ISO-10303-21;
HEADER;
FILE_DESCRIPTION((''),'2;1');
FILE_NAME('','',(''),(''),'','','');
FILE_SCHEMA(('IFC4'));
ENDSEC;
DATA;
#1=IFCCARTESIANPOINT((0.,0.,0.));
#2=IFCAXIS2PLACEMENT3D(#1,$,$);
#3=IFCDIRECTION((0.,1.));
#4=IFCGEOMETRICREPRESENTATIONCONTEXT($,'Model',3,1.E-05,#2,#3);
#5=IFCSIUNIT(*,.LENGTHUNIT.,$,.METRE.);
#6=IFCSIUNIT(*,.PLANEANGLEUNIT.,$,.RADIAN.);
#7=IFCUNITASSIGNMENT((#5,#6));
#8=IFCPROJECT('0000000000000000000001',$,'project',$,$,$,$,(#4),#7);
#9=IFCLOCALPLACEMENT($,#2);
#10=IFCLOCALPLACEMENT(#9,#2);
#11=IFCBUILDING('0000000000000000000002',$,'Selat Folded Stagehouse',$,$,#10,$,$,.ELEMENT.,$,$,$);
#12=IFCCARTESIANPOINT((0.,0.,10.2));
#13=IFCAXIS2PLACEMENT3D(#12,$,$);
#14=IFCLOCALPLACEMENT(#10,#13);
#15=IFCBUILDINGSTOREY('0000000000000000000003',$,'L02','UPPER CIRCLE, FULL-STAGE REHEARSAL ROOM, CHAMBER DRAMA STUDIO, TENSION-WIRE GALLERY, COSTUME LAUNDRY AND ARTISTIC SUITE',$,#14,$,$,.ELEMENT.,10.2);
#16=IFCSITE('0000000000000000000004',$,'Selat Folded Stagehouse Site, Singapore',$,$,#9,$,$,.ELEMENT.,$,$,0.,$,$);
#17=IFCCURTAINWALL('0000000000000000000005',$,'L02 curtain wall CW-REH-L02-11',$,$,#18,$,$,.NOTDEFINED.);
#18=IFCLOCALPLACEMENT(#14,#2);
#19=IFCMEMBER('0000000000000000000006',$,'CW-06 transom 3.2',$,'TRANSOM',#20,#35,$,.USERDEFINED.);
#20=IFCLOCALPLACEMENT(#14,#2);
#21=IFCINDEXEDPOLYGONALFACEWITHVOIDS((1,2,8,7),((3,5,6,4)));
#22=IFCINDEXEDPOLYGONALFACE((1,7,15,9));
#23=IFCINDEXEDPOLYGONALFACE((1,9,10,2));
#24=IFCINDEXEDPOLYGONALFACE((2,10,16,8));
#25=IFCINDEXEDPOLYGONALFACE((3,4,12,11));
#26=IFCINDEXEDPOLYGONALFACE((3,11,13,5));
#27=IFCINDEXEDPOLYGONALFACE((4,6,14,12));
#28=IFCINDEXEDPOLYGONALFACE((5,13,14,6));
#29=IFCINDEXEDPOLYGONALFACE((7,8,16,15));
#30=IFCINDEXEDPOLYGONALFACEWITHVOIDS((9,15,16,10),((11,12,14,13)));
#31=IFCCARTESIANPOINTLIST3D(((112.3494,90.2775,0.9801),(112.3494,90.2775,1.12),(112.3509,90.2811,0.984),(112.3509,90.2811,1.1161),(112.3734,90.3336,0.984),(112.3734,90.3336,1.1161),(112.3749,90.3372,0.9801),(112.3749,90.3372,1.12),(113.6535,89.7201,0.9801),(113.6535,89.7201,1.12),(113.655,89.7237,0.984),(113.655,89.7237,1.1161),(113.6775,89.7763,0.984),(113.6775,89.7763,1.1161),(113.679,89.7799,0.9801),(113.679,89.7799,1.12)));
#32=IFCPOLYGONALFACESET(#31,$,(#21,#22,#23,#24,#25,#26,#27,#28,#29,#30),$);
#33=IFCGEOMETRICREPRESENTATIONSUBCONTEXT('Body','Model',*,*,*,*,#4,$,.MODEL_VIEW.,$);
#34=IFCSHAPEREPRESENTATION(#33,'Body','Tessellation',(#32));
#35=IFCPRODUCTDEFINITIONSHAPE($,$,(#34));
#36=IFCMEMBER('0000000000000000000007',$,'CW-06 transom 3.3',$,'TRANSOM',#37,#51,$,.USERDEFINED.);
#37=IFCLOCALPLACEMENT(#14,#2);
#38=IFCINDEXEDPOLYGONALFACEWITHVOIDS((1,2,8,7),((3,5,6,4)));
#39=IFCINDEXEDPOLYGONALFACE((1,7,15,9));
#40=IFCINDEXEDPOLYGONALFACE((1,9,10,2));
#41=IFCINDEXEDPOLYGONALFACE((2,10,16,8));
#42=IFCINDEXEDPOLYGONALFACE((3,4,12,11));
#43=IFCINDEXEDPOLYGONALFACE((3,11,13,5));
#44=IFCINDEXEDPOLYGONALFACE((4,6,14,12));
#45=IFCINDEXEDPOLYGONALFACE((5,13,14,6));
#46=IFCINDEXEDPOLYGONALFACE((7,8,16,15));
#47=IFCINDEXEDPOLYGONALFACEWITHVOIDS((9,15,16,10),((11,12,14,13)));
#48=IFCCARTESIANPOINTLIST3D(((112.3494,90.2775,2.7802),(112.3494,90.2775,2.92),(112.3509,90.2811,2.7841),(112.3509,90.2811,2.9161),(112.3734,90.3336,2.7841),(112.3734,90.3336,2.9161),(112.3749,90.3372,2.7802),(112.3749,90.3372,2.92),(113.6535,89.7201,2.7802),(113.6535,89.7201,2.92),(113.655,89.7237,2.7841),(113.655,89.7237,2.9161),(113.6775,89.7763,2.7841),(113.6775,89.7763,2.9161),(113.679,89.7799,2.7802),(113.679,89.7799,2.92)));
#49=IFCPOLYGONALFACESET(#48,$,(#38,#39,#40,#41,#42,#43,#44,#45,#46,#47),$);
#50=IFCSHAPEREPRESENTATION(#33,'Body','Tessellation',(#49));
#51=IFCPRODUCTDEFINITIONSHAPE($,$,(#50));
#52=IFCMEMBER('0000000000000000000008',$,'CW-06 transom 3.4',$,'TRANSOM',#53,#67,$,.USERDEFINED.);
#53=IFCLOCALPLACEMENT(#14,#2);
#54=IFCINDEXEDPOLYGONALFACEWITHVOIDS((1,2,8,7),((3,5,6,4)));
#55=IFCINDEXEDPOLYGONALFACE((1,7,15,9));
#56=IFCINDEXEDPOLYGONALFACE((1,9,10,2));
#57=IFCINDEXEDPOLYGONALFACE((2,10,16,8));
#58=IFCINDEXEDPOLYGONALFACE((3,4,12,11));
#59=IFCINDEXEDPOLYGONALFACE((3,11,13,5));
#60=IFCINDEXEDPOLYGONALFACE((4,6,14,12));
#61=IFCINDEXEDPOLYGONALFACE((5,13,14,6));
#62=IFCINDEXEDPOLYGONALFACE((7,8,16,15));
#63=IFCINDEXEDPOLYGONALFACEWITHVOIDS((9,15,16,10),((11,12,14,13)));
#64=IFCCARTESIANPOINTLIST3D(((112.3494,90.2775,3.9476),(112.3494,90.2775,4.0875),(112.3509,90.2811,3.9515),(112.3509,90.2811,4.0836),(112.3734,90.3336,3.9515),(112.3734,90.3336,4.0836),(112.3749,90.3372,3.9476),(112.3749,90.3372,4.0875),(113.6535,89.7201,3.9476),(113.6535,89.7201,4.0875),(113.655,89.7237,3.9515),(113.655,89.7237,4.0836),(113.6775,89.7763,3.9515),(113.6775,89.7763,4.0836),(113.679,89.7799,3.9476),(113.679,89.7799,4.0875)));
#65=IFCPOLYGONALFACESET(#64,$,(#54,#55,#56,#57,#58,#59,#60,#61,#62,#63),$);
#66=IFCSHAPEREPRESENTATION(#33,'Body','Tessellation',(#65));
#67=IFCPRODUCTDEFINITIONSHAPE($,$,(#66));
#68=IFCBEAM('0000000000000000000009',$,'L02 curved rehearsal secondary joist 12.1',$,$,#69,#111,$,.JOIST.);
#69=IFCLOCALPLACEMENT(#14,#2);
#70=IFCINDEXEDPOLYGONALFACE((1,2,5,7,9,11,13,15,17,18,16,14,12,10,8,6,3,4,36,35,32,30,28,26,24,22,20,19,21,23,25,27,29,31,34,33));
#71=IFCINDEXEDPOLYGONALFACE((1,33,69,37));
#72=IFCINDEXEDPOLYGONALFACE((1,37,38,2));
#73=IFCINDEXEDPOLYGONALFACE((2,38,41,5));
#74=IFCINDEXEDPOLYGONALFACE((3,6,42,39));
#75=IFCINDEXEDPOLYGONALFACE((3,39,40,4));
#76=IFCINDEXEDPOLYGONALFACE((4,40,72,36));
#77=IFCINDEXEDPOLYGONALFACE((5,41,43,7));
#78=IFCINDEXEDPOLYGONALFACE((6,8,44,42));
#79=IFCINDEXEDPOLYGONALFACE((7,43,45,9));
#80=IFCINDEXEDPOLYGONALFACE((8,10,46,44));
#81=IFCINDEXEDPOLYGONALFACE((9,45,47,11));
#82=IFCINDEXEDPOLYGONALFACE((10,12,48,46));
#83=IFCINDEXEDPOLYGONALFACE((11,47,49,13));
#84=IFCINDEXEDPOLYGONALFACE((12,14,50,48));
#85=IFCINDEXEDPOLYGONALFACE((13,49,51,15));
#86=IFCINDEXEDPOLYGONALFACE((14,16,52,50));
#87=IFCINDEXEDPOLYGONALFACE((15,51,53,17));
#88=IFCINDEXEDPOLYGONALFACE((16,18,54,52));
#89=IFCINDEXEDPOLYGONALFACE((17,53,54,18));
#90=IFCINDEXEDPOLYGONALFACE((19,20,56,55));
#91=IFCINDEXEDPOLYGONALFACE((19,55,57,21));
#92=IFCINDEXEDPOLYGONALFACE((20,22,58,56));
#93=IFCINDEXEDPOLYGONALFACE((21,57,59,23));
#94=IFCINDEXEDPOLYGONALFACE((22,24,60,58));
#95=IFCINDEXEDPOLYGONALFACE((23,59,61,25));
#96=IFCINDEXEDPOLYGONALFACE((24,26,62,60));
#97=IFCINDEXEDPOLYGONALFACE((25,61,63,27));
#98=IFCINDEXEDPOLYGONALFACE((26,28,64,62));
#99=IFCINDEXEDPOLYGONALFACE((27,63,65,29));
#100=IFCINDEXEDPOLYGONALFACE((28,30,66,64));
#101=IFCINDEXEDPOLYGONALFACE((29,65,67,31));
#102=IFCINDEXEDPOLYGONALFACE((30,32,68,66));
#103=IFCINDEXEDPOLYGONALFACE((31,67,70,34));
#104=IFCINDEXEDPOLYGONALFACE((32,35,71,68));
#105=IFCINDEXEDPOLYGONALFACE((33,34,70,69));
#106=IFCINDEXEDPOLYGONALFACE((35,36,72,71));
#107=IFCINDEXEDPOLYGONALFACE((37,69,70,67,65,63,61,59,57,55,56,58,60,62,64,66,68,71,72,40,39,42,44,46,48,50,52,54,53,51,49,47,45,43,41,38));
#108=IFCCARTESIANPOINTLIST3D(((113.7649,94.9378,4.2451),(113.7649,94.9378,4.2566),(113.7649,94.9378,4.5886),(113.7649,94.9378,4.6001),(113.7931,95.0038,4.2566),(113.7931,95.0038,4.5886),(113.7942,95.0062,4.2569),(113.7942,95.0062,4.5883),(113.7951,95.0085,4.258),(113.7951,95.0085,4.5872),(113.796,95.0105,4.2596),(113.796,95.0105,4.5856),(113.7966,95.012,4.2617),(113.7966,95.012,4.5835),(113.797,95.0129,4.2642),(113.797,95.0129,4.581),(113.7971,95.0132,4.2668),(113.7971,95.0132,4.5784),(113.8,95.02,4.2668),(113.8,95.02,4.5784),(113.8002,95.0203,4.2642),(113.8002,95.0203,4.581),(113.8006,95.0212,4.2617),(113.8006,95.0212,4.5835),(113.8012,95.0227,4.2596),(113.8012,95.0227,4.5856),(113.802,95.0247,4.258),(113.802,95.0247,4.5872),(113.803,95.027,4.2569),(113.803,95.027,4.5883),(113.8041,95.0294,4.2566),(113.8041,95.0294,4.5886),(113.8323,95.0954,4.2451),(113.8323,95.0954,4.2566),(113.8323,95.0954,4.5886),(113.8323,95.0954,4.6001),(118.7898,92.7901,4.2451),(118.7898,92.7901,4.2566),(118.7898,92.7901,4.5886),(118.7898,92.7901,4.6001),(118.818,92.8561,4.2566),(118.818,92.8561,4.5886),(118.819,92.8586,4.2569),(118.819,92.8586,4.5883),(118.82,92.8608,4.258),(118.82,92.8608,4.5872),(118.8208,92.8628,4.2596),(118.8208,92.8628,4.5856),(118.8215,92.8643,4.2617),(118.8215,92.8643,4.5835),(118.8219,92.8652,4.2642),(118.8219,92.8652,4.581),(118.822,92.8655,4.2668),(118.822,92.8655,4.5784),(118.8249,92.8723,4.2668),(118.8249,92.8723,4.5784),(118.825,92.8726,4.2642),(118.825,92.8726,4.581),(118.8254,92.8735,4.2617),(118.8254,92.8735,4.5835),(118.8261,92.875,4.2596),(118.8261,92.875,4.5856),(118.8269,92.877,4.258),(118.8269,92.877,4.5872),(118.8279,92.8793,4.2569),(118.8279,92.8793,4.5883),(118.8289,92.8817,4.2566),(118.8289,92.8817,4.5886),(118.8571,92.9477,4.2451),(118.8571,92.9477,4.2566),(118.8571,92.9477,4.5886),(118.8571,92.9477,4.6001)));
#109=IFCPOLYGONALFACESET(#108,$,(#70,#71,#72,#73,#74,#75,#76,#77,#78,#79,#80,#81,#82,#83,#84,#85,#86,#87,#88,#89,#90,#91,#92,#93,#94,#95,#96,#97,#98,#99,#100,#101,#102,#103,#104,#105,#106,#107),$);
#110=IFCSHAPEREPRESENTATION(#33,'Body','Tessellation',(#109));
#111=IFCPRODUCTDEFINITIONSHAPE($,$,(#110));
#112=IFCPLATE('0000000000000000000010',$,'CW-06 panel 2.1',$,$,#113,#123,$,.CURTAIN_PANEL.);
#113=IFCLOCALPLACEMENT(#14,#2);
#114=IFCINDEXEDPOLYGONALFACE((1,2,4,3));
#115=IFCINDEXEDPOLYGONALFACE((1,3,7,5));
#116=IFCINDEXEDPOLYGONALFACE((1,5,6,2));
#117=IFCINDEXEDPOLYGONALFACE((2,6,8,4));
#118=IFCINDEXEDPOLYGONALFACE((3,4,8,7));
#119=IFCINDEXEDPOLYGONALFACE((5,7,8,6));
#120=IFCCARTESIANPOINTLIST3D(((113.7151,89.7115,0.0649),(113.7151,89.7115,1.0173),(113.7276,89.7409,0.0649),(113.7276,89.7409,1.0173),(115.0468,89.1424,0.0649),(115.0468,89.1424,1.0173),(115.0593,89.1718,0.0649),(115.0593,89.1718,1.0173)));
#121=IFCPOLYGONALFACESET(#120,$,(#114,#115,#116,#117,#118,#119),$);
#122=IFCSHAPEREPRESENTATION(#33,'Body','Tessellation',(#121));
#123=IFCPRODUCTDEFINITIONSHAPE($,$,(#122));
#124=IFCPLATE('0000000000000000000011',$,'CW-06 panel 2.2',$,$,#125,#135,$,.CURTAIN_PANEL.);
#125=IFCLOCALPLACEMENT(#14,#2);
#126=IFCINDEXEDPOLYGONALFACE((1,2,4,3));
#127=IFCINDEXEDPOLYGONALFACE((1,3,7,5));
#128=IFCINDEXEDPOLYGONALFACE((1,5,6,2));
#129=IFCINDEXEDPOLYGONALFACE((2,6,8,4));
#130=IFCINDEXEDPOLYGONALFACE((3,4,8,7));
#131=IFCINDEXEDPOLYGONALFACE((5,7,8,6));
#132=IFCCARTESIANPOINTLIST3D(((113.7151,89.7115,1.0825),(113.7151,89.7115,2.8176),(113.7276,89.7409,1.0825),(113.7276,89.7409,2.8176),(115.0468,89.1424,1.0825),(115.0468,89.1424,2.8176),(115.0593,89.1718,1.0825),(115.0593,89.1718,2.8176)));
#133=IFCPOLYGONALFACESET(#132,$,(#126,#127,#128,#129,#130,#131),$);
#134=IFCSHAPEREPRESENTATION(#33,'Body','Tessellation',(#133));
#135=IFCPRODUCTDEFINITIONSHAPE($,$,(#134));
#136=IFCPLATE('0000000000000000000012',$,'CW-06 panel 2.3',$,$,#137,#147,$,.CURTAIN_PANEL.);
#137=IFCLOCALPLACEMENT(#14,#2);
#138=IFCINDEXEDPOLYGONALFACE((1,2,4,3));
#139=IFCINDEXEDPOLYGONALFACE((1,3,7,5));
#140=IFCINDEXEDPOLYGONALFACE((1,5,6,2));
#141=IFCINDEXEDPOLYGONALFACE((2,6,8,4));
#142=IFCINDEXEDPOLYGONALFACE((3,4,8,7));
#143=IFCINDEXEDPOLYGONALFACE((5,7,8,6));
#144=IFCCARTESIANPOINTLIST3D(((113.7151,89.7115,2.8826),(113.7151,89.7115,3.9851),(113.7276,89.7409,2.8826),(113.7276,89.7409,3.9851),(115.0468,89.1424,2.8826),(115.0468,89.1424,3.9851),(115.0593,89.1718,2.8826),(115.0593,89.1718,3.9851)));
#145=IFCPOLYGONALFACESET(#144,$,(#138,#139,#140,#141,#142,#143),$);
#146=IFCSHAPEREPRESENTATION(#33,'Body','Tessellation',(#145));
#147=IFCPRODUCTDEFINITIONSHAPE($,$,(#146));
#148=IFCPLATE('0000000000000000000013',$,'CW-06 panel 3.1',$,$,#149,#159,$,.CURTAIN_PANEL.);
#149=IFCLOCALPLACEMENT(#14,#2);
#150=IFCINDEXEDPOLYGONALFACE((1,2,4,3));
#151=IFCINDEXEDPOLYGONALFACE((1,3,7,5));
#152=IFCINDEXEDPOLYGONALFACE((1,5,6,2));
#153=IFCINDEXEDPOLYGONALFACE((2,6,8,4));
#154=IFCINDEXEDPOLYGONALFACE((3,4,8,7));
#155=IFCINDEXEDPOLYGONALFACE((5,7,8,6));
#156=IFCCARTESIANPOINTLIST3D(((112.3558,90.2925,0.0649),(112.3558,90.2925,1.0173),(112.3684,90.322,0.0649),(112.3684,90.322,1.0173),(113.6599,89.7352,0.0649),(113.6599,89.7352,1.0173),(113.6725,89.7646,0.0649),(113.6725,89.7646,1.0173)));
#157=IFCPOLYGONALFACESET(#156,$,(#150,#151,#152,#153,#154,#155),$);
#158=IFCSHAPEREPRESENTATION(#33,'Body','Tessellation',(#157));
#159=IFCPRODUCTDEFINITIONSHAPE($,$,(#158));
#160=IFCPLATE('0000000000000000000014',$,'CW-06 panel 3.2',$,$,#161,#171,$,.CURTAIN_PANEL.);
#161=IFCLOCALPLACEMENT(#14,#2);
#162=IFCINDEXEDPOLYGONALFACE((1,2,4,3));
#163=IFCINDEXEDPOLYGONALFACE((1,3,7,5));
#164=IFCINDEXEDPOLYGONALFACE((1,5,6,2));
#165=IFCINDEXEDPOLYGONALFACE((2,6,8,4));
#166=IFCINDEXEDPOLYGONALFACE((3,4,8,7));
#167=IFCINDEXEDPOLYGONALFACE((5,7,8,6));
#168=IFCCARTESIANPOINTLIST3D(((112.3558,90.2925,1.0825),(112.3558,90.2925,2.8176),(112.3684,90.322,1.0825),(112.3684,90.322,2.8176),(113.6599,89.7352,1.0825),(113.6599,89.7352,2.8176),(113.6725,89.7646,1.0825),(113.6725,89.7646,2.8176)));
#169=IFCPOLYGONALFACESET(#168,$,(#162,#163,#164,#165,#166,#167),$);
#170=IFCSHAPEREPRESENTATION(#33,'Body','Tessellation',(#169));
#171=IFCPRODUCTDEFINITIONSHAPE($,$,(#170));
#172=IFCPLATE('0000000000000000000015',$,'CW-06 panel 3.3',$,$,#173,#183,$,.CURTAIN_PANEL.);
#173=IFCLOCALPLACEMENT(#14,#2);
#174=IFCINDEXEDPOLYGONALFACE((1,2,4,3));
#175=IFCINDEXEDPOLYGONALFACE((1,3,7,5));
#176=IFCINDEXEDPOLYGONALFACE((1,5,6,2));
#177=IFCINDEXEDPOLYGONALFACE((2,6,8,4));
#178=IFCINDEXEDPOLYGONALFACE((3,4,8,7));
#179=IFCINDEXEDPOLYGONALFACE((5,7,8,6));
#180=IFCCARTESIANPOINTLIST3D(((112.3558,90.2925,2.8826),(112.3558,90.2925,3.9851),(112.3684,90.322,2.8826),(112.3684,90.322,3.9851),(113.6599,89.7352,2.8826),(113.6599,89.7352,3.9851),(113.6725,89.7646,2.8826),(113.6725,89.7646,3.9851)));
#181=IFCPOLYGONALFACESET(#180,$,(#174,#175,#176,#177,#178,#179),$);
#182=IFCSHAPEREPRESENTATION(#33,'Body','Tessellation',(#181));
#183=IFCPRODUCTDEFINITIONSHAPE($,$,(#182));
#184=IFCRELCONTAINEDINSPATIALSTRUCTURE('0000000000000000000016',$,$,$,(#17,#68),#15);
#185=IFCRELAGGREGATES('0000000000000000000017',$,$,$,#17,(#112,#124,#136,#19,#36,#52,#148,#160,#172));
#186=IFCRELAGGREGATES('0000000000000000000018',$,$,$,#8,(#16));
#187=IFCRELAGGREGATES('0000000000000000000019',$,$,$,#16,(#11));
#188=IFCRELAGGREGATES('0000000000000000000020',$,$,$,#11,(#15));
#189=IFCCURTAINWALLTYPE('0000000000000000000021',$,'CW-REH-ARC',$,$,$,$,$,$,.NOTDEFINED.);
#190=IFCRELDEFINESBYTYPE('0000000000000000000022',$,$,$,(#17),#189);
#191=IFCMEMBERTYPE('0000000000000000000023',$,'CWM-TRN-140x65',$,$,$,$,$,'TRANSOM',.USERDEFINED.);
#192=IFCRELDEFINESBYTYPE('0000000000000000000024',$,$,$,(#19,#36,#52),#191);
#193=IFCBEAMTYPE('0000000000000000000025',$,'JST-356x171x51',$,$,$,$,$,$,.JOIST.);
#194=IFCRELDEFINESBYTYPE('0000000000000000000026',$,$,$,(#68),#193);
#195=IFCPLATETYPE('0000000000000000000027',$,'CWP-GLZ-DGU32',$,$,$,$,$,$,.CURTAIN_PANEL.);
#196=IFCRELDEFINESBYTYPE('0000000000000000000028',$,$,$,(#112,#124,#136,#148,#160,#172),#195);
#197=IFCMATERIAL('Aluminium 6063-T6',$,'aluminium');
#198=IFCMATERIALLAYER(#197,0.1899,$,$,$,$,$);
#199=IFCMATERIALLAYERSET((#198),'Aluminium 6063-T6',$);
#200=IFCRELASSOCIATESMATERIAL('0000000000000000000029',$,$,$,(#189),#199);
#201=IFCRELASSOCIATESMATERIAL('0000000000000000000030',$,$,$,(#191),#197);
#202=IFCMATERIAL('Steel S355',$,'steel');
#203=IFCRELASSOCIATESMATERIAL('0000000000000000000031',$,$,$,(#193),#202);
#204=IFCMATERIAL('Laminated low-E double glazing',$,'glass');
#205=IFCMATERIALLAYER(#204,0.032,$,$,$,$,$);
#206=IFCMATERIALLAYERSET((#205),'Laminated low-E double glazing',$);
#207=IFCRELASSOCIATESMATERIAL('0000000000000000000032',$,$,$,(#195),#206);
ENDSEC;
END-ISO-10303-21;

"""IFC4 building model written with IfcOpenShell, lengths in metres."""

from ifc_helpers import new_model, si_unit, direction, frame, origin, origin_2d, place, context, subcontext, project, spatial, rectangle, hollow_rectangle, i_section, extrude, material, layer, layer_set, material_profile, profile_set, type_object, element, aggregate, save


model = new_model("IFC4")

# Units and contexts
model_context = context("Model", 3, precision=1e-05, world=origin(), true_north=direction((0.0, 1.0)))
body_context = subcontext(model_context, "Body", "Model", "MODEL_VIEW")
ifc_project = project(units=[si_unit("LENGTHUNIT", "METRE"), si_unit("PLANEANGLEUNIT", "RADIAN")], contexts=[model_context])

# Site, building, storey
site_placement = place(None, origin())
site = spatial("IfcSite", under=ifc_project, at=site_placement, Name="Selat Folded Stagehouse Site, Singapore", CompositionType="ELEMENT", RefElevation=0.0)
building_placement = place(site_placement, origin())
building = spatial("IfcBuilding", under=site, at=building_placement, Name="Selat Folded Stagehouse", CompositionType="ELEMENT")
storey_placement = place(building_placement, frame((0.0, 0.0, 10.2)))
storey = spatial("IfcBuildingStorey", under=building, at=storey_placement, Name="L02", Description="UPPER CIRCLE, FULL-STAGE REHEARSAL ROOM, CHAMBER DRAMA STUDIO, TENSION-WIRE GALLERY, COSTUME LAUNDRY AND ARTISTIC SUITE", CompositionType="ELEMENT", Elevation=10.2)

# Shared definitions
ifc_material_1 = material(Name="Steel S355", Category="steel")

# Curtain wall, members
ifc_material_2 = material(Name="Aluminium 6063-T6", Category="aluminium")
ifc_layer_1 = layer(ifc_material_2, 0.1899)
ifc_layer_set_1 = layer_set([ifc_layer_1], Name="Aluminium 6063-T6")
curtain_wall_type = type_object("IfcCurtainWallType", Name="CW-REH-ARC", PredefinedType="NOTDEFINED", material=ifc_layer_set_1)
curtain_wall_placement = place(storey_placement, origin())
curtain_wall = element("IfcCurtainWall", 1, at=curtain_wall_placement, inside=storey, type_object=curtain_wall_type, Name="L02 curtain wall CW-REH-L02-11", PredefinedType="NOTDEFINED")
ifc_material_profile_1 = material_profile(ifc_material_2, hollow_rectangle(XDim=0.0649, YDim=0.1399, WallThickness=0.0039, at=origin_2d()), Name="ALU 140x65x4.0")
ifc_profile_set_1 = profile_set([ifc_material_profile_1], Name="Aluminium 6063-T6")
member_type_1 = type_object("IfcMemberType", Name="CWM-TRN-140x65", ElementType="TRANSOM", PredefinedType="USERDEFINED", material=ifc_profile_set_1)
member_1_placement = place(storey_placement, frame((113.6663, 89.75, 1.05), z_axis=(-0.919545, 0.392984, 0.0), x_axis=(-0.392984, -0.919545, 0.0)))
member_1 = element("IfcMember", 2, at=member_1_placement, type_object=member_type_1, Name="CW-06 transom 3.2", ObjectType="TRANSOM", PredefinedType="USERDEFINED", context=body_context, shape_type="SweptSolid", body=[
    extrude(hollow_rectangle(XDim=0.0649, YDim=0.1399, WallThickness=0.0039, at=origin_2d()), origin(), (0.0, 0.0, 1.0), 1.4182),
])
member_2_placement = place(storey_placement, frame((113.6663, 89.75, 2.8501), z_axis=(-0.919545, 0.392984, 0.0), x_axis=(-0.392984, -0.919545, 0.0)))
member_2 = element("IfcMember", 3, at=member_2_placement, type_object=member_type_1, Name="CW-06 transom 3.3", ObjectType="TRANSOM", PredefinedType="USERDEFINED", context=body_context, shape_type="SweptSolid", body=[
    extrude(hollow_rectangle(XDim=0.0649, YDim=0.1399, WallThickness=0.0039, at=origin_2d()), origin(), (0.0, 0.0, 1.0), 1.4182),
])
member_3_placement = place(storey_placement, frame((113.6663, 89.75, 4.0176), z_axis=(-0.919545, 0.392984, 0.0), x_axis=(-0.392984, -0.919545, 0.0)))
member_3 = element("IfcMember", 4, at=member_3_placement, type_object=member_type_1, Name="CW-06 transom 3.4", ObjectType="TRANSOM", PredefinedType="USERDEFINED", context=body_context, shape_type="SweptSolid", body=[
    extrude(hollow_rectangle(XDim=0.0649, YDim=0.1399, WallThickness=0.0039, at=origin_2d()), origin(), (0.0, 0.0, 1.0), 1.4182),
])

# Beam
ifc_material_profile_2 = material_profile(ifc_material_1, i_section(OverallWidth=0.1714, OverallDepth=0.355, WebThickness=0.0073, FlangeThickness=0.0115, FilletRadius=0.0103, at=origin_2d()), Name="UKB 356x171x51")
ifc_profile_set_2 = profile_set([ifc_material_profile_2], Name="Steel S355")
beam_type_1 = type_object("IfcBeamType", Name="JST-356x171x51", PredefinedType="JOIST", material=ifc_profile_set_2)
beam_1_placement = place(storey_placement, frame((113.7986, 95.0166, 4.4226), z_axis=(0.919531, -0.393019, 0.0), x_axis=(0.393019, 0.919531, 0.0)))
element("IfcBeam", 5, at=beam_1_placement, inside=storey, type_object=beam_type_1, Name="L02 curved rehearsal secondary joist 12.1", PredefinedType="JOIST", context=body_context, shape_type="SweptSolid", body=[
    extrude(i_section(OverallWidth=0.1714, OverallDepth=0.355, WebThickness=0.0073, FlangeThickness=0.0115, FilletRadius=0.0103, at=origin_2d()), origin(), (0.0, 0.0, 1.0), 5.4646),
])

# Plates
ifc_material_3 = material(Name="Laminated low-E double glazing", Category="glass")
ifc_layer_2 = layer(ifc_material_3, 0.032)
ifc_layer_set_2 = layer_set([ifc_layer_2], Name="Laminated low-E double glazing")
plate_type = type_object("IfcPlateType", Name="CWP-GLZ-DGU32", PredefinedType="CURTAIN_PANEL", material=ifc_layer_set_2)
plate_1_placement = place(storey_placement, frame((114.3872, 89.4417, 0.0649), z_axis=(0.0, 0.0, 1.0), x_axis=(-0.919533, 0.393012, 0.0)))
plate_1 = element("IfcPlate", 6, at=plate_1_placement, type_object=plate_type, Name="CW-06 panel 2.1", PredefinedType="CURTAIN_PANEL", context=body_context, shape_type="SweptSolid", body=[
    extrude(rectangle(XDim=1.4482, YDim=0.032, at=origin_2d()), origin(), (0.0, 0.0, 1.0), 0.9524),
])
plate_2_placement = place(storey_placement, frame((114.3872, 89.4417, 1.0825), z_axis=(0.0, 0.0, 1.0), x_axis=(-0.919533, 0.393012, 0.0)))
plate_2 = element("IfcPlate", 7, at=plate_2_placement, type_object=plate_type, Name="CW-06 panel 2.2", PredefinedType="CURTAIN_PANEL", context=body_context, shape_type="SweptSolid", body=[
    extrude(rectangle(XDim=1.4482, YDim=0.032, at=origin_2d()), origin(), (0.0, 0.0, 1.0), 1.7351),
])
plate_3_placement = place(storey_placement, frame((114.3872, 89.4417, 2.8826), z_axis=(0.0, 0.0, 1.0), x_axis=(-0.919533, 0.393012, 0.0)))
plate_3 = element("IfcPlate", 8, at=plate_3_placement, type_object=plate_type, Name="CW-06 panel 2.3", PredefinedType="CURTAIN_PANEL", context=body_context, shape_type="SweptSolid", body=[
    extrude(rectangle(XDim=1.4482, YDim=0.032, at=origin_2d()), origin(), (0.0, 0.0, 1.0), 1.1025),
])
plate_4_placement = place(storey_placement, frame((113.0142, 90.0286, 0.0649), z_axis=(0.0, 0.0, 1.0), x_axis=(-0.919533, 0.393012, 0.0)))
plate_4 = element("IfcPlate", 9, at=plate_4_placement, type_object=plate_type, Name="CW-06 panel 3.1", PredefinedType="CURTAIN_PANEL", context=body_context, shape_type="SweptSolid", body=[
    extrude(rectangle(XDim=1.4182, YDim=0.032, at=origin_2d()), origin(), (0.0, 0.0, 1.0), 0.9524),
])
plate_5_placement = place(storey_placement, frame((113.0142, 90.0286, 1.0825), z_axis=(0.0, 0.0, 1.0), x_axis=(-0.919533, 0.393012, 0.0)))
plate_5 = element("IfcPlate", 10, at=plate_5_placement, type_object=plate_type, Name="CW-06 panel 3.2", PredefinedType="CURTAIN_PANEL", context=body_context, shape_type="SweptSolid", body=[
    extrude(rectangle(XDim=1.4182, YDim=0.032, at=origin_2d()), origin(), (0.0, 0.0, 1.0), 1.7351),
])
plate_6_placement = place(storey_placement, frame((113.0142, 90.0286, 2.8826), z_axis=(0.0, 0.0, 1.0), x_axis=(-0.919533, 0.393012, 0.0)))
plate_6 = element("IfcPlate", 11, at=plate_6_placement, type_object=plate_type, Name="CW-06 panel 3.3", PredefinedType="CURTAIN_PANEL", context=body_context, shape_type="SweptSolid", body=[
    extrude(rectangle(XDim=1.4182, YDim=0.032, at=origin_2d()), origin(), (0.0, 0.0, 1.0), 1.1025),
])
aggregate(curtain_wall, [plate_1, plate_2, plate_3, member_1, member_2, member_3, plate_4, plate_5, plate_6])

save(model, "model.ifc")
